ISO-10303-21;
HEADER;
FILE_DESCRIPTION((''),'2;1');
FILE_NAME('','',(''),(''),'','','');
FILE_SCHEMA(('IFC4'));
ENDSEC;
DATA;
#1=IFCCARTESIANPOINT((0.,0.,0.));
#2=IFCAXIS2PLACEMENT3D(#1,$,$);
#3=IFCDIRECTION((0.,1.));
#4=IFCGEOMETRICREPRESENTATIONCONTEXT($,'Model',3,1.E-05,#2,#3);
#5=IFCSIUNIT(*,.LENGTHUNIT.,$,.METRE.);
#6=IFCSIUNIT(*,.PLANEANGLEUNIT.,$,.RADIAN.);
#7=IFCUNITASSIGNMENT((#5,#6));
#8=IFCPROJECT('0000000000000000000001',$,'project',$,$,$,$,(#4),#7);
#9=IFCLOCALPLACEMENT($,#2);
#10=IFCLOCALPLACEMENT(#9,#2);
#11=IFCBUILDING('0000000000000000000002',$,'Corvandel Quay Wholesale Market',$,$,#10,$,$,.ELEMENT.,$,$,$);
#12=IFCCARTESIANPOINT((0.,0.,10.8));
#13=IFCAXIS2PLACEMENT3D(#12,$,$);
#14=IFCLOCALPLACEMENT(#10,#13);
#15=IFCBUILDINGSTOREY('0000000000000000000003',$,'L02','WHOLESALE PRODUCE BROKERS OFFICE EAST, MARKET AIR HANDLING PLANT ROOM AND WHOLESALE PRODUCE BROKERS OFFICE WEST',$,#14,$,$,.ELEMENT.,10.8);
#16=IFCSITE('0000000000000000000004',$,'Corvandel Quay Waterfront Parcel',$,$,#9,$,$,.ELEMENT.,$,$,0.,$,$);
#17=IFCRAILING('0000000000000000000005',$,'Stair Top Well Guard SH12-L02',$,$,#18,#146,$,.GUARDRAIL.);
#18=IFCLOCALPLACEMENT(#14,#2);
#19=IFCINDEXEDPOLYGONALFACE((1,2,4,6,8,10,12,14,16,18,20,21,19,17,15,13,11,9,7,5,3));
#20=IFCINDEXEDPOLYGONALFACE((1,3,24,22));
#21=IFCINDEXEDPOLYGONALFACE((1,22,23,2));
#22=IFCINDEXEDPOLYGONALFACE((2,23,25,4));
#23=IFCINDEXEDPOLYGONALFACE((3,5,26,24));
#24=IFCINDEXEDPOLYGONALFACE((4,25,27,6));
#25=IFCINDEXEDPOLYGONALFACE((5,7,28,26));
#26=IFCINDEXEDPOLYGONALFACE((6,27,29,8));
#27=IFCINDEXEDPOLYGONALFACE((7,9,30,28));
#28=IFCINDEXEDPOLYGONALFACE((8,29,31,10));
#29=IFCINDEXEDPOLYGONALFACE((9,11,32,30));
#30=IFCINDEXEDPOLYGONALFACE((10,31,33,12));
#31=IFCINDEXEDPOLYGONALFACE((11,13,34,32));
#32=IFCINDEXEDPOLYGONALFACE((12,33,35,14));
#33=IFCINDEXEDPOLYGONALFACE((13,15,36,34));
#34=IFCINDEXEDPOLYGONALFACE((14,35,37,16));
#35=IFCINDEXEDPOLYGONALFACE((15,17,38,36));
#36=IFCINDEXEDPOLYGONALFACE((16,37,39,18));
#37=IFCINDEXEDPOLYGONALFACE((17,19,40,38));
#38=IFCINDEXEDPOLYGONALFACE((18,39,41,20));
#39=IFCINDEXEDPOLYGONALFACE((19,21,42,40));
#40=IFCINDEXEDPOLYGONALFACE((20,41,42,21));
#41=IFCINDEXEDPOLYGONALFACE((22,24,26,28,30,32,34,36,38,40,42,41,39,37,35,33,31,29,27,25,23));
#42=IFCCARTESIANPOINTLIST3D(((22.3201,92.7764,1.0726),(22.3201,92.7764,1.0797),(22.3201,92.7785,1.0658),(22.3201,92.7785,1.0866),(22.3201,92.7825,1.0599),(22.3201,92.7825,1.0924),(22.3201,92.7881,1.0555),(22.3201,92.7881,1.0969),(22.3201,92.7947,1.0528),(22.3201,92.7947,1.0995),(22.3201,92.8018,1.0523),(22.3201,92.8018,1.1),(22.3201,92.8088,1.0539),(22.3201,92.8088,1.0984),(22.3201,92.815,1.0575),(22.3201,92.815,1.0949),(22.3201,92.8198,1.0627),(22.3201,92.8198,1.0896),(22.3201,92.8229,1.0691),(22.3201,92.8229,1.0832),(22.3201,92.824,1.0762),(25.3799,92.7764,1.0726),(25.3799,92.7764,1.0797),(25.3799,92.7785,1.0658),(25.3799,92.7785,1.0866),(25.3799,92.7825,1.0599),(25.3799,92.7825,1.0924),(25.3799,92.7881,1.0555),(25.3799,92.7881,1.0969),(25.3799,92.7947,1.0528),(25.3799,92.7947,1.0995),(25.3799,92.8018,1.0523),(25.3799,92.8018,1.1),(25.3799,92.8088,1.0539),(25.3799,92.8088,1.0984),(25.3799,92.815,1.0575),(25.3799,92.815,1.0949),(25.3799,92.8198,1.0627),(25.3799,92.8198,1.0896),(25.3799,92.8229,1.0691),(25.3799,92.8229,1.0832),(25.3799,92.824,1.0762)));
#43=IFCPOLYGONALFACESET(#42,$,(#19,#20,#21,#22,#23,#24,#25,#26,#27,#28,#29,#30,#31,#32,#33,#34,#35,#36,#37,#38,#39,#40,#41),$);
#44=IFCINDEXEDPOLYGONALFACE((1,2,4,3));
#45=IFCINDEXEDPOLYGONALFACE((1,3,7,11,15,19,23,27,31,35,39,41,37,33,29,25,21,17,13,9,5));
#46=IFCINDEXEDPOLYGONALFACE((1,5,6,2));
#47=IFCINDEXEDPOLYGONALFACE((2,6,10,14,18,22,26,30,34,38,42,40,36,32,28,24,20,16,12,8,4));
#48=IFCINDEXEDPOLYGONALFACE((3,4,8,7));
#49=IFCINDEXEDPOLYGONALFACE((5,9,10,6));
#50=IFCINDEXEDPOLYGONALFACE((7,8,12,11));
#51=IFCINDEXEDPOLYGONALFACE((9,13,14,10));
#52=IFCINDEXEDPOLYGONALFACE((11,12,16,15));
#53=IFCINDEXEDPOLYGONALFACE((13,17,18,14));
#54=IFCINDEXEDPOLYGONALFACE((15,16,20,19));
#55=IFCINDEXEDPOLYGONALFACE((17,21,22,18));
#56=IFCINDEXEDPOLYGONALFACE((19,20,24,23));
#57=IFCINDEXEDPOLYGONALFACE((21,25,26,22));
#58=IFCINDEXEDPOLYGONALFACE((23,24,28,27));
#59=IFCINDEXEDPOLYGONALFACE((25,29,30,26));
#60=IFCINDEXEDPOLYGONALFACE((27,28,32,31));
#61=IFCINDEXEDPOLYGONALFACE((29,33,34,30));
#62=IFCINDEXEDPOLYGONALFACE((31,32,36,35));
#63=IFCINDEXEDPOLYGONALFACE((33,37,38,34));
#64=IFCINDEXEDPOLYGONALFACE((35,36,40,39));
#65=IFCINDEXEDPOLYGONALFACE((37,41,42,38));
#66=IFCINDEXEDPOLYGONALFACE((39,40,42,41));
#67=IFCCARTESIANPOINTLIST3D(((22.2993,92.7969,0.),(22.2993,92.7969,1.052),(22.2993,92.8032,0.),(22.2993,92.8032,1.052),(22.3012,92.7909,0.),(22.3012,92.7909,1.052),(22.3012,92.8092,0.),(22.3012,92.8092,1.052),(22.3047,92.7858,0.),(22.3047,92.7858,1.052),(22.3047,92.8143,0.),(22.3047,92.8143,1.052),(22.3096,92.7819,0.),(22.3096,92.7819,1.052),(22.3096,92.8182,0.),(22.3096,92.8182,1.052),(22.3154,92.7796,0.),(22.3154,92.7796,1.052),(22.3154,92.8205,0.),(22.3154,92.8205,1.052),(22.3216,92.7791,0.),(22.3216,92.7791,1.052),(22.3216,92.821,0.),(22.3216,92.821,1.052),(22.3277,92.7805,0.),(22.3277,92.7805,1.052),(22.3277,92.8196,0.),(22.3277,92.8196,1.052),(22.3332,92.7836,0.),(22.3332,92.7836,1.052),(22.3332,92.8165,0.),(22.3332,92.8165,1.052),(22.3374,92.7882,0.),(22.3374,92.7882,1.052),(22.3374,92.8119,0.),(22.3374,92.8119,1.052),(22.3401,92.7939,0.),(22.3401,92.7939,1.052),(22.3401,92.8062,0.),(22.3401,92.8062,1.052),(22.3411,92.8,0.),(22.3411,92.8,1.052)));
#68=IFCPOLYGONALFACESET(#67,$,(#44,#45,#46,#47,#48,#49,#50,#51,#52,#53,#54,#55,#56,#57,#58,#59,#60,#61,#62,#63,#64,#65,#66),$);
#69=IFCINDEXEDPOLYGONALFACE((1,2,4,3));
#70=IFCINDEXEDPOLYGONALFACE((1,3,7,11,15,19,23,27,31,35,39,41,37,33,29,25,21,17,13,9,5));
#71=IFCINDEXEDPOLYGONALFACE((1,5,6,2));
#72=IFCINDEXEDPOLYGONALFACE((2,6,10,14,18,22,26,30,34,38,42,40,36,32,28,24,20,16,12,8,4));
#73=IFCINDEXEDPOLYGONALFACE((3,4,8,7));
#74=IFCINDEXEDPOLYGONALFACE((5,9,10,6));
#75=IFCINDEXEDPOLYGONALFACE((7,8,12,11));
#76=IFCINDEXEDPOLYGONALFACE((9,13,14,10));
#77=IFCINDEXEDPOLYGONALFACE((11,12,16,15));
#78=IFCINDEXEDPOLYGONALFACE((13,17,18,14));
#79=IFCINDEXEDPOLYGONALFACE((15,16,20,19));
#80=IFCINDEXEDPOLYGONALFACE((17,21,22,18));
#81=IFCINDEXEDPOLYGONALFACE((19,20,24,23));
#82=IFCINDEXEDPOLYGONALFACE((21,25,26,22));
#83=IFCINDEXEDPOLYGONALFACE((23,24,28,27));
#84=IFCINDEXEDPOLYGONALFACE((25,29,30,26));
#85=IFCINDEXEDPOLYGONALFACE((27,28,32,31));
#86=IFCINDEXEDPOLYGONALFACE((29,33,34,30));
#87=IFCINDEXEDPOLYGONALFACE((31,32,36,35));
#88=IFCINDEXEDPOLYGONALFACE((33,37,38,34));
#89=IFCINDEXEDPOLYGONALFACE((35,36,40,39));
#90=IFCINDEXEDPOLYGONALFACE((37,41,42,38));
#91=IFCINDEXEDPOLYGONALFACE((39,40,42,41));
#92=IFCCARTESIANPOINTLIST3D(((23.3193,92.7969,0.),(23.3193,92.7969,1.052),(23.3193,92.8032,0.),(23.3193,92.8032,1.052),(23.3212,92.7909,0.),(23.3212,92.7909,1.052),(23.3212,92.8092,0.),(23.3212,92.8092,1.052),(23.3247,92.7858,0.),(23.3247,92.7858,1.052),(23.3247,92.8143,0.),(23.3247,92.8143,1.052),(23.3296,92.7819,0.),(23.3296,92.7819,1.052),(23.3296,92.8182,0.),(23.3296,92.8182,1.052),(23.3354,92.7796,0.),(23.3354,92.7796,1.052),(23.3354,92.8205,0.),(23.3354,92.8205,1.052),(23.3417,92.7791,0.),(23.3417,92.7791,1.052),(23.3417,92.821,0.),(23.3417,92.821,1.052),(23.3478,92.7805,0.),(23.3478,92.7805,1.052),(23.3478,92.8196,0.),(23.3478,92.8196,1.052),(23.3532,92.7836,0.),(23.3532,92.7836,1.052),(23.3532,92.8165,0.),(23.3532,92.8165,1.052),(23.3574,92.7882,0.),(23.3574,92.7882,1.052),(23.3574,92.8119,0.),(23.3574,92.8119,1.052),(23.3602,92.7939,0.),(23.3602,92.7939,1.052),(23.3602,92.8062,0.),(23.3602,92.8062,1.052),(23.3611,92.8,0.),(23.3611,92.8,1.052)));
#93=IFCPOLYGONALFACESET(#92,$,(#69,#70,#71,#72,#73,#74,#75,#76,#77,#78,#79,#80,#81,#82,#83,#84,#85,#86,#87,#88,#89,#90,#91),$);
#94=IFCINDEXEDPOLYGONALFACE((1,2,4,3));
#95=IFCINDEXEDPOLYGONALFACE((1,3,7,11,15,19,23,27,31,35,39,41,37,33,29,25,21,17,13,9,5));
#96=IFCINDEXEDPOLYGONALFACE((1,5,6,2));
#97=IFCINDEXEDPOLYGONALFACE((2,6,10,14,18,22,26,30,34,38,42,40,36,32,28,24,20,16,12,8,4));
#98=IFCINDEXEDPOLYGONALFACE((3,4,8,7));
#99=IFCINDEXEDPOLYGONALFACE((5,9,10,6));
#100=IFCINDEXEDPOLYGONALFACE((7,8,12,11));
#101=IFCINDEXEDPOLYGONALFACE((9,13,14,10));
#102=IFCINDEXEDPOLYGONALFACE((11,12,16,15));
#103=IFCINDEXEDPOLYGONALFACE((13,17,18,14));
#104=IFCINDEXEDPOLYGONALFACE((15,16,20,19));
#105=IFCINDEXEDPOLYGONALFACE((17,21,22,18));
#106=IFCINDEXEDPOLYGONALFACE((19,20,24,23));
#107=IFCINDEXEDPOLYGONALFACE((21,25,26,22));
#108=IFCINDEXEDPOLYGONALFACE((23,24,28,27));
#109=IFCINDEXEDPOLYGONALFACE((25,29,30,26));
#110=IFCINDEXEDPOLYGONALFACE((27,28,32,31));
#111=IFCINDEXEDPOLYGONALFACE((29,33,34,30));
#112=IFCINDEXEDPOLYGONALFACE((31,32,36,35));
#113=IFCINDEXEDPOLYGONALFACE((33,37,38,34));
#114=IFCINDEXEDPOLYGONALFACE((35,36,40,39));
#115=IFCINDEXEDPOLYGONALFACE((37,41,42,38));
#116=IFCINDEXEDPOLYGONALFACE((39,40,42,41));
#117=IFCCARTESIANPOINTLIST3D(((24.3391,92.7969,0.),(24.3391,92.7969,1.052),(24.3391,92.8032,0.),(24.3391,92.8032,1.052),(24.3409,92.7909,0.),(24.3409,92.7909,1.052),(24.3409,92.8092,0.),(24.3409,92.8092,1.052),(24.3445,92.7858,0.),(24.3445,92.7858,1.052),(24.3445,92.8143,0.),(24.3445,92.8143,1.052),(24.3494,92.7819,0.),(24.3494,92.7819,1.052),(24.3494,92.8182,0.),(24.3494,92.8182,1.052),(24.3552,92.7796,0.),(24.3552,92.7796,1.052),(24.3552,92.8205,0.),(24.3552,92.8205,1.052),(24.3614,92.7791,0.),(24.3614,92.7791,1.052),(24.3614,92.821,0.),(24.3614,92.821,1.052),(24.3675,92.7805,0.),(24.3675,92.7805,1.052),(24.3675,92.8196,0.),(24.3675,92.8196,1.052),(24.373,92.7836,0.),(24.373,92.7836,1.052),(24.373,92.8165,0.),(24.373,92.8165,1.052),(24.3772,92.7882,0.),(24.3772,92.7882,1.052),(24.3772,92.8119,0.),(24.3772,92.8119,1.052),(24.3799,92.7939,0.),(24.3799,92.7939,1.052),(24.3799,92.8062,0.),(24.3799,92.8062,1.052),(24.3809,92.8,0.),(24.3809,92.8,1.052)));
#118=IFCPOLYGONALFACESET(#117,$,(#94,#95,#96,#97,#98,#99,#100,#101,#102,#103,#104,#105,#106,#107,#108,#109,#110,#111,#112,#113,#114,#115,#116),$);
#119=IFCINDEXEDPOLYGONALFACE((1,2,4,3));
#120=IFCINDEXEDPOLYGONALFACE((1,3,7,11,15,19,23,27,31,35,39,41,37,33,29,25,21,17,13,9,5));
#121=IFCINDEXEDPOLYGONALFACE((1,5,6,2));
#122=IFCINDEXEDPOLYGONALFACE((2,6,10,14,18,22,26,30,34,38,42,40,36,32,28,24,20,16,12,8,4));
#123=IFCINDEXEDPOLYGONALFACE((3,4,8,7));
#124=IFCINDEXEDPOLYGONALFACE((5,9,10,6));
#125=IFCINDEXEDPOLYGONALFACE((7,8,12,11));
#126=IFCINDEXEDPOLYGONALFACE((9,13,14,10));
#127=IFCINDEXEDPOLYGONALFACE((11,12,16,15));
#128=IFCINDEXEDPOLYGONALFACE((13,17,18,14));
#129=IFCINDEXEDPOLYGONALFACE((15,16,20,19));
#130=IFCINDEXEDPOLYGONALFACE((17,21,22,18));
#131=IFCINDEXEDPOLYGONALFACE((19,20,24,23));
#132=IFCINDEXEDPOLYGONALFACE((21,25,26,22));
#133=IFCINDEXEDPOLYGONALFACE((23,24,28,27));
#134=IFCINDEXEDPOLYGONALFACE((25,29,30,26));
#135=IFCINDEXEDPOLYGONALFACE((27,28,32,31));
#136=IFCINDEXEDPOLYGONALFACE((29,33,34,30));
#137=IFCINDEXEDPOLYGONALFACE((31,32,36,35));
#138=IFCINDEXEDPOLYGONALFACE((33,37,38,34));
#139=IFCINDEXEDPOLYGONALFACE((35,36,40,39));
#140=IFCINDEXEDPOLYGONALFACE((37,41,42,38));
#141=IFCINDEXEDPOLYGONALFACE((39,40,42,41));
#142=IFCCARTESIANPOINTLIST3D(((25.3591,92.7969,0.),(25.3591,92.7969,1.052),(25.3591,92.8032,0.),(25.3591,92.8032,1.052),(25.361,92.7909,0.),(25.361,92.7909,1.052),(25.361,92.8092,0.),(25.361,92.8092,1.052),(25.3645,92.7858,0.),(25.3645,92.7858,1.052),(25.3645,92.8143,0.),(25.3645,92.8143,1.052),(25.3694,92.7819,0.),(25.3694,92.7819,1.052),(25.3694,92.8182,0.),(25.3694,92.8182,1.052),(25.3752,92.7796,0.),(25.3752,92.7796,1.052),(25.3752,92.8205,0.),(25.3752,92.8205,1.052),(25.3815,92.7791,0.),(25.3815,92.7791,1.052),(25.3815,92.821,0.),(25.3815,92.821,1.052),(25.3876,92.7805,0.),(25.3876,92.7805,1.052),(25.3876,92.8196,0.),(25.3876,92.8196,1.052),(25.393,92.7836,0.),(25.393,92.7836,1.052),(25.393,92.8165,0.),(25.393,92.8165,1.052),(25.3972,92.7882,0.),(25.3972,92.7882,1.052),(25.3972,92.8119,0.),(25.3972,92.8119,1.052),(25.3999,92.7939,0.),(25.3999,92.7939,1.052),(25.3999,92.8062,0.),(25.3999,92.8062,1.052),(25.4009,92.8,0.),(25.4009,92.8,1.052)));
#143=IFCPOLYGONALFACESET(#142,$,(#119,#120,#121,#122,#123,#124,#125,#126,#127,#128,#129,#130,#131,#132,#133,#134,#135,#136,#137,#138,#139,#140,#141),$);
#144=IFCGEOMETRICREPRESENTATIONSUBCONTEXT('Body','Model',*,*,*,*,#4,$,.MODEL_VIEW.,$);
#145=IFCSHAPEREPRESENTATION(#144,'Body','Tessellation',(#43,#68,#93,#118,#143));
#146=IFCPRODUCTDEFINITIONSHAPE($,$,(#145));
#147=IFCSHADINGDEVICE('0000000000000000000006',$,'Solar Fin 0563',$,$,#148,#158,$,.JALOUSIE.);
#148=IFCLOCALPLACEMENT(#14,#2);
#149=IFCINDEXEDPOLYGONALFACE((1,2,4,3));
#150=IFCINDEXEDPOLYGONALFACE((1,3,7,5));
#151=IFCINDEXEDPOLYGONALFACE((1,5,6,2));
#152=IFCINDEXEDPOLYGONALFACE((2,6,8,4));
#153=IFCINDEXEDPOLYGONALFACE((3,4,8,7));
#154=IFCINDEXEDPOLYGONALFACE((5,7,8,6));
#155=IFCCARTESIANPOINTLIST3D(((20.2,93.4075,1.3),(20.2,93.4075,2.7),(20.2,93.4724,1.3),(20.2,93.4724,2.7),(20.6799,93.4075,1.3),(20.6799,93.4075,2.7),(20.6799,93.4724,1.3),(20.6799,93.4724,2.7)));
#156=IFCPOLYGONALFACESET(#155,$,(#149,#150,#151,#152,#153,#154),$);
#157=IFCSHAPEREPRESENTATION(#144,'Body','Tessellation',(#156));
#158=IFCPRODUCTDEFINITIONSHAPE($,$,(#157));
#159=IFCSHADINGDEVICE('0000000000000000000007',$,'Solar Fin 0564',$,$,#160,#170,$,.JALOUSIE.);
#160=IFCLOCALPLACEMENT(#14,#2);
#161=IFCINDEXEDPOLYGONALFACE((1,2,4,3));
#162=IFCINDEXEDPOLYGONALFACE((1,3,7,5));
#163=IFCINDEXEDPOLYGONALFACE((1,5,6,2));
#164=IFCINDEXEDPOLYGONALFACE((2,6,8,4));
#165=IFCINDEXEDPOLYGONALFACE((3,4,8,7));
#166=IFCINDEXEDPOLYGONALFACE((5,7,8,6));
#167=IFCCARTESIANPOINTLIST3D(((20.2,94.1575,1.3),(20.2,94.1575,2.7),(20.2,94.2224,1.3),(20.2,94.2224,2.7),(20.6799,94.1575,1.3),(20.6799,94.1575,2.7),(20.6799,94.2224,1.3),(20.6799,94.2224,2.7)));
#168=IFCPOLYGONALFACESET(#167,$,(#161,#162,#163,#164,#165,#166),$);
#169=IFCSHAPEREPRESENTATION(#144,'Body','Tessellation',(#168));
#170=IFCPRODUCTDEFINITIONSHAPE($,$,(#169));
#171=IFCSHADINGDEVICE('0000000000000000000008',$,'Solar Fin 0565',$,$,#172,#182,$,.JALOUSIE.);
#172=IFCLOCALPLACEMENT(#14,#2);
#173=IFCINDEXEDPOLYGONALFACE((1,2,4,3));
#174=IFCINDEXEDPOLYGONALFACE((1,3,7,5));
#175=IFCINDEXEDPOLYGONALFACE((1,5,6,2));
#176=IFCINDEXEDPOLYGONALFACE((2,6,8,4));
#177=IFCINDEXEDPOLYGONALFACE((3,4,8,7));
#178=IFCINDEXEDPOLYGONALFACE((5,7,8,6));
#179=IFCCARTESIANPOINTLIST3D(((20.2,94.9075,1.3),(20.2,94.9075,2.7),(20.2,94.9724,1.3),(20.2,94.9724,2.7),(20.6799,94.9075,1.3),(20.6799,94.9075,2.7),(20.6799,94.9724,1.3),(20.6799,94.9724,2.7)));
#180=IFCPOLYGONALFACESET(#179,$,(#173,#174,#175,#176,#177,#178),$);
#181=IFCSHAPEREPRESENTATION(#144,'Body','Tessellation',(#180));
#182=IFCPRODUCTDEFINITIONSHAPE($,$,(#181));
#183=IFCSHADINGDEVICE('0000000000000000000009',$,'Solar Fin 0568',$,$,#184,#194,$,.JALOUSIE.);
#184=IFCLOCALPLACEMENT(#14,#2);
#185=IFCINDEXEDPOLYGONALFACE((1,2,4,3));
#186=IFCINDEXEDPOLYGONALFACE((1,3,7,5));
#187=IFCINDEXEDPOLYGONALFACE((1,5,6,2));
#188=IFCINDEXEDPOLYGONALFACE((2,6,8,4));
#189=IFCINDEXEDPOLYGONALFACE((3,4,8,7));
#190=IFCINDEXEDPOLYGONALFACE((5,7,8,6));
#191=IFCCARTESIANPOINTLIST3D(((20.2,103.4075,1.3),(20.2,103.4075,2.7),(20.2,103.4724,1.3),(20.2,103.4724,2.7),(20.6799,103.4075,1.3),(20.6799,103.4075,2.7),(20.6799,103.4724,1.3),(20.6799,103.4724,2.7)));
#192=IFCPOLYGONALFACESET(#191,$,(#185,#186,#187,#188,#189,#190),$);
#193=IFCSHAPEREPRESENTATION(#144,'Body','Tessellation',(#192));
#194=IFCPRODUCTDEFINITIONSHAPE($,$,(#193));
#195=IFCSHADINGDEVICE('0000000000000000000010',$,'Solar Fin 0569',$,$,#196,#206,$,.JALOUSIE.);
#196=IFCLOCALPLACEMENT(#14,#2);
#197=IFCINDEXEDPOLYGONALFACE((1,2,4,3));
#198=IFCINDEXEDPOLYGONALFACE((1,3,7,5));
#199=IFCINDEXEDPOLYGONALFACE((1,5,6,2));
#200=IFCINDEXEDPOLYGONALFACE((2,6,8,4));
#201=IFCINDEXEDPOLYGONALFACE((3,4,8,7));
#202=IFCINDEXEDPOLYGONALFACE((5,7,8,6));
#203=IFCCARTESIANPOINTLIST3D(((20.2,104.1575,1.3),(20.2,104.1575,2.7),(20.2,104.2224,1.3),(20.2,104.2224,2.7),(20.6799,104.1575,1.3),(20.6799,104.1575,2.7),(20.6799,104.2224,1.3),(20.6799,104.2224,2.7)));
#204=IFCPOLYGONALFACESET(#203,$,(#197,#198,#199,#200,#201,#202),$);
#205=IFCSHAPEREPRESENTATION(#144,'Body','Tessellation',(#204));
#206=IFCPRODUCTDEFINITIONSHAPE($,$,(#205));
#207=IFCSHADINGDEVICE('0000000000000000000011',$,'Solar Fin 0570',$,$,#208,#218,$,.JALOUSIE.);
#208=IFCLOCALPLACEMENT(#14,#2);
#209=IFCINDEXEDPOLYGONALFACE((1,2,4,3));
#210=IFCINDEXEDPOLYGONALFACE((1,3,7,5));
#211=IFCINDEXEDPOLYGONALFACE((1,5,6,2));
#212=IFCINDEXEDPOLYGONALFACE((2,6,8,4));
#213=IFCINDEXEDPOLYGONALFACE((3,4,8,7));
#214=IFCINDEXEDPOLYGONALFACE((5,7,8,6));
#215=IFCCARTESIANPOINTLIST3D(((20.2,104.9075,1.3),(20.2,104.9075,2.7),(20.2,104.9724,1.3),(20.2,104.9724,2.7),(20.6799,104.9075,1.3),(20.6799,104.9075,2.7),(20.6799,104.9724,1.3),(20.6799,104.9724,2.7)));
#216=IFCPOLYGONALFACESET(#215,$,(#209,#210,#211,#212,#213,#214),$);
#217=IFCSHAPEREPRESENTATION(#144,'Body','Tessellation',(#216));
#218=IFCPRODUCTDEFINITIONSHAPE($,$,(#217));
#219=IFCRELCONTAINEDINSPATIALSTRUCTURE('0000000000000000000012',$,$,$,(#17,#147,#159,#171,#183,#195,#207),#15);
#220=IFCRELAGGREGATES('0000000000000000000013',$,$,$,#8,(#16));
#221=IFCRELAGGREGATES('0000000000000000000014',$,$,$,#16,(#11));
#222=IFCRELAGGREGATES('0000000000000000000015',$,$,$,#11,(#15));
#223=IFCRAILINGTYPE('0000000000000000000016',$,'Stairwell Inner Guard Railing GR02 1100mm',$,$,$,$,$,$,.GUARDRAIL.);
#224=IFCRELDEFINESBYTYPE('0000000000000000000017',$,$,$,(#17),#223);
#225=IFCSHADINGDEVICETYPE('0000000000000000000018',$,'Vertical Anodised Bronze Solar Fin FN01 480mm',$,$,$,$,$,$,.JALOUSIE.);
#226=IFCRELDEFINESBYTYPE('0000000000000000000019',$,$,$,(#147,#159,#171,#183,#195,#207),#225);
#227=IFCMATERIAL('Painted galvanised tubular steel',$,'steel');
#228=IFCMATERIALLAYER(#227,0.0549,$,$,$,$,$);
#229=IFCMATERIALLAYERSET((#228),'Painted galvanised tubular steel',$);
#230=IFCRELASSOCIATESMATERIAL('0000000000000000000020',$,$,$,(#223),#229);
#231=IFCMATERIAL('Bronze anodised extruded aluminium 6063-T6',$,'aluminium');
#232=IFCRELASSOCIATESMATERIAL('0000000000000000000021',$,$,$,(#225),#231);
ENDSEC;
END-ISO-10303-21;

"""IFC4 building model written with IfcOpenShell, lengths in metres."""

from ifc_helpers import new_model, si_unit, direction, frame, origin, origin_2d, place, context, subcontext, project, spatial, rectangle, circle, extrude, material, layer, layer_set, type_object, element, save


model = new_model("IFC4")

# Units and contexts
model_context = context("Model", 3, precision=1e-05, world=origin(), true_north=direction((0.0, 1.0)))
body_context = subcontext(model_context, "Body", "Model", "MODEL_VIEW")
ifc_project = project(units=[si_unit("LENGTHUNIT", "METRE"), si_unit("PLANEANGLEUNIT", "RADIAN")], contexts=[model_context])

# Site, building, storey
site_placement = place(None, origin())
site = spatial("IfcSite", under=ifc_project, at=site_placement, Name="Corvandel Quay Waterfront Parcel", CompositionType="ELEMENT", RefElevation=0.0)
building_placement = place(site_placement, origin())
building = spatial("IfcBuilding", under=site, at=building_placement, Name="Corvandel Quay Wholesale Market", CompositionType="ELEMENT")
storey_placement = place(building_placement, frame((0.0, 0.0, 10.8)))
storey = spatial("IfcBuildingStorey", under=building, at=storey_placement, Name="L02", Description="WHOLESALE PRODUCE BROKERS OFFICE EAST, MARKET AIR HANDLING PLANT ROOM AND WHOLESALE PRODUCE BROKERS OFFICE WEST", CompositionType="ELEMENT", Elevation=10.8)

# Railing
ifc_material_1 = material(Name="Painted galvanised tubular steel", Category="steel")
ifc_layer_1 = layer(ifc_material_1, 0.0549)
ifc_layer_set_1 = layer_set([ifc_layer_1], Name="Painted galvanised tubular steel")
railing_type = type_object("IfcRailingType", Name="Stairwell Inner Guard Railing GR02 1100mm", PredefinedType="GUARDRAIL", material=ifc_layer_set_1)
railing_placement = place(storey_placement, frame((22.3201, 92.8, 0.0)))
element("IfcRailing", 1, at=railing_placement, inside=storey, type_object=railing_type, Name="Stair Top Well Guard SH12-L02", PredefinedType="GUARDRAIL", context=body_context, shape_type="SweptSolid", body=[
    extrude(circle(Radius=0.0239, at=origin_2d()), frame((0.0, 0.0, 1.0762), z_axis=(1.0, 0.0, 0.0), x_axis=(0.0, 1.0, 0.0)), (0.0, 0.0, 1.0), 3.0598),
    extrude(circle(Radius=0.021, at=origin_2d()), origin(), (0.0, 0.0, 1.0), 1.052),
    extrude(circle(Radius=0.021, at=origin_2d()), frame((1.02, 0.0, 0.0)), (0.0, 0.0, 1.0), 1.052),
    extrude(circle(Radius=0.021, at=origin_2d()), frame((2.0398, 0.0, 0.0)), (0.0, 0.0, 1.0), 1.052),
    extrude(circle(Radius=0.021, at=origin_2d()), frame((3.0598, 0.0, 0.0)), (0.0, 0.0, 1.0), 1.052),
])

# Shading devices
ifc_material_2 = material(Name="Bronze anodised extruded aluminium 6063-T6", Category="aluminium")
shading_device_type = type_object("IfcShadingDeviceType", Name="Vertical Anodised Bronze Solar Fin FN01 480mm", PredefinedType="JALOUSIE", material=ifc_material_2)
for number, where, z_axis, x_axis, name in (
    (2, (20.4399, 93.4399, 1.3), (0.0, 0.0, 1.0), (1.0, 0.0, 0.0), "Solar Fin 0563"),
    (3, (20.4399, 94.1899, 1.3), (0.0, 0.0, 1.0), (1.0, 0.0, 0.0), "Solar Fin 0564"),
    (4, (20.4399, 94.9399, 1.3), (0.0, 0.0, 1.0), (1.0, 0.0, 0.0), "Solar Fin 0565"),
    (5, (20.4399, 103.4399, 1.3), (0.0, 0.0, 1.0), (1.0, 0.0, 0.0), "Solar Fin 0568"),
    (6, (20.4399, 104.1899, 1.3), (0.0, 0.0, 1.0), (1.0, 0.0, 0.0), "Solar Fin 0569"),
    (7, (20.4399, 104.9399, 1.3), (0.0, 0.0, 1.0), (1.0, 0.0, 0.0), "Solar Fin 0570"),
):
    element("IfcShadingDevice", number, at=place(storey_placement, frame(where, z_axis=z_axis, x_axis=x_axis)), inside=storey, type_object=shading_device_type, Name=name, PredefinedType="JALOUSIE", context=body_context, shape_type="SweptSolid", body=[
        extrude(rectangle(XDim=0.48, YDim=0.0649, at=origin_2d()), origin(), (0.0, 0.0, 1.0), 1.3999),
    ])

save(model, "model.ifc")
